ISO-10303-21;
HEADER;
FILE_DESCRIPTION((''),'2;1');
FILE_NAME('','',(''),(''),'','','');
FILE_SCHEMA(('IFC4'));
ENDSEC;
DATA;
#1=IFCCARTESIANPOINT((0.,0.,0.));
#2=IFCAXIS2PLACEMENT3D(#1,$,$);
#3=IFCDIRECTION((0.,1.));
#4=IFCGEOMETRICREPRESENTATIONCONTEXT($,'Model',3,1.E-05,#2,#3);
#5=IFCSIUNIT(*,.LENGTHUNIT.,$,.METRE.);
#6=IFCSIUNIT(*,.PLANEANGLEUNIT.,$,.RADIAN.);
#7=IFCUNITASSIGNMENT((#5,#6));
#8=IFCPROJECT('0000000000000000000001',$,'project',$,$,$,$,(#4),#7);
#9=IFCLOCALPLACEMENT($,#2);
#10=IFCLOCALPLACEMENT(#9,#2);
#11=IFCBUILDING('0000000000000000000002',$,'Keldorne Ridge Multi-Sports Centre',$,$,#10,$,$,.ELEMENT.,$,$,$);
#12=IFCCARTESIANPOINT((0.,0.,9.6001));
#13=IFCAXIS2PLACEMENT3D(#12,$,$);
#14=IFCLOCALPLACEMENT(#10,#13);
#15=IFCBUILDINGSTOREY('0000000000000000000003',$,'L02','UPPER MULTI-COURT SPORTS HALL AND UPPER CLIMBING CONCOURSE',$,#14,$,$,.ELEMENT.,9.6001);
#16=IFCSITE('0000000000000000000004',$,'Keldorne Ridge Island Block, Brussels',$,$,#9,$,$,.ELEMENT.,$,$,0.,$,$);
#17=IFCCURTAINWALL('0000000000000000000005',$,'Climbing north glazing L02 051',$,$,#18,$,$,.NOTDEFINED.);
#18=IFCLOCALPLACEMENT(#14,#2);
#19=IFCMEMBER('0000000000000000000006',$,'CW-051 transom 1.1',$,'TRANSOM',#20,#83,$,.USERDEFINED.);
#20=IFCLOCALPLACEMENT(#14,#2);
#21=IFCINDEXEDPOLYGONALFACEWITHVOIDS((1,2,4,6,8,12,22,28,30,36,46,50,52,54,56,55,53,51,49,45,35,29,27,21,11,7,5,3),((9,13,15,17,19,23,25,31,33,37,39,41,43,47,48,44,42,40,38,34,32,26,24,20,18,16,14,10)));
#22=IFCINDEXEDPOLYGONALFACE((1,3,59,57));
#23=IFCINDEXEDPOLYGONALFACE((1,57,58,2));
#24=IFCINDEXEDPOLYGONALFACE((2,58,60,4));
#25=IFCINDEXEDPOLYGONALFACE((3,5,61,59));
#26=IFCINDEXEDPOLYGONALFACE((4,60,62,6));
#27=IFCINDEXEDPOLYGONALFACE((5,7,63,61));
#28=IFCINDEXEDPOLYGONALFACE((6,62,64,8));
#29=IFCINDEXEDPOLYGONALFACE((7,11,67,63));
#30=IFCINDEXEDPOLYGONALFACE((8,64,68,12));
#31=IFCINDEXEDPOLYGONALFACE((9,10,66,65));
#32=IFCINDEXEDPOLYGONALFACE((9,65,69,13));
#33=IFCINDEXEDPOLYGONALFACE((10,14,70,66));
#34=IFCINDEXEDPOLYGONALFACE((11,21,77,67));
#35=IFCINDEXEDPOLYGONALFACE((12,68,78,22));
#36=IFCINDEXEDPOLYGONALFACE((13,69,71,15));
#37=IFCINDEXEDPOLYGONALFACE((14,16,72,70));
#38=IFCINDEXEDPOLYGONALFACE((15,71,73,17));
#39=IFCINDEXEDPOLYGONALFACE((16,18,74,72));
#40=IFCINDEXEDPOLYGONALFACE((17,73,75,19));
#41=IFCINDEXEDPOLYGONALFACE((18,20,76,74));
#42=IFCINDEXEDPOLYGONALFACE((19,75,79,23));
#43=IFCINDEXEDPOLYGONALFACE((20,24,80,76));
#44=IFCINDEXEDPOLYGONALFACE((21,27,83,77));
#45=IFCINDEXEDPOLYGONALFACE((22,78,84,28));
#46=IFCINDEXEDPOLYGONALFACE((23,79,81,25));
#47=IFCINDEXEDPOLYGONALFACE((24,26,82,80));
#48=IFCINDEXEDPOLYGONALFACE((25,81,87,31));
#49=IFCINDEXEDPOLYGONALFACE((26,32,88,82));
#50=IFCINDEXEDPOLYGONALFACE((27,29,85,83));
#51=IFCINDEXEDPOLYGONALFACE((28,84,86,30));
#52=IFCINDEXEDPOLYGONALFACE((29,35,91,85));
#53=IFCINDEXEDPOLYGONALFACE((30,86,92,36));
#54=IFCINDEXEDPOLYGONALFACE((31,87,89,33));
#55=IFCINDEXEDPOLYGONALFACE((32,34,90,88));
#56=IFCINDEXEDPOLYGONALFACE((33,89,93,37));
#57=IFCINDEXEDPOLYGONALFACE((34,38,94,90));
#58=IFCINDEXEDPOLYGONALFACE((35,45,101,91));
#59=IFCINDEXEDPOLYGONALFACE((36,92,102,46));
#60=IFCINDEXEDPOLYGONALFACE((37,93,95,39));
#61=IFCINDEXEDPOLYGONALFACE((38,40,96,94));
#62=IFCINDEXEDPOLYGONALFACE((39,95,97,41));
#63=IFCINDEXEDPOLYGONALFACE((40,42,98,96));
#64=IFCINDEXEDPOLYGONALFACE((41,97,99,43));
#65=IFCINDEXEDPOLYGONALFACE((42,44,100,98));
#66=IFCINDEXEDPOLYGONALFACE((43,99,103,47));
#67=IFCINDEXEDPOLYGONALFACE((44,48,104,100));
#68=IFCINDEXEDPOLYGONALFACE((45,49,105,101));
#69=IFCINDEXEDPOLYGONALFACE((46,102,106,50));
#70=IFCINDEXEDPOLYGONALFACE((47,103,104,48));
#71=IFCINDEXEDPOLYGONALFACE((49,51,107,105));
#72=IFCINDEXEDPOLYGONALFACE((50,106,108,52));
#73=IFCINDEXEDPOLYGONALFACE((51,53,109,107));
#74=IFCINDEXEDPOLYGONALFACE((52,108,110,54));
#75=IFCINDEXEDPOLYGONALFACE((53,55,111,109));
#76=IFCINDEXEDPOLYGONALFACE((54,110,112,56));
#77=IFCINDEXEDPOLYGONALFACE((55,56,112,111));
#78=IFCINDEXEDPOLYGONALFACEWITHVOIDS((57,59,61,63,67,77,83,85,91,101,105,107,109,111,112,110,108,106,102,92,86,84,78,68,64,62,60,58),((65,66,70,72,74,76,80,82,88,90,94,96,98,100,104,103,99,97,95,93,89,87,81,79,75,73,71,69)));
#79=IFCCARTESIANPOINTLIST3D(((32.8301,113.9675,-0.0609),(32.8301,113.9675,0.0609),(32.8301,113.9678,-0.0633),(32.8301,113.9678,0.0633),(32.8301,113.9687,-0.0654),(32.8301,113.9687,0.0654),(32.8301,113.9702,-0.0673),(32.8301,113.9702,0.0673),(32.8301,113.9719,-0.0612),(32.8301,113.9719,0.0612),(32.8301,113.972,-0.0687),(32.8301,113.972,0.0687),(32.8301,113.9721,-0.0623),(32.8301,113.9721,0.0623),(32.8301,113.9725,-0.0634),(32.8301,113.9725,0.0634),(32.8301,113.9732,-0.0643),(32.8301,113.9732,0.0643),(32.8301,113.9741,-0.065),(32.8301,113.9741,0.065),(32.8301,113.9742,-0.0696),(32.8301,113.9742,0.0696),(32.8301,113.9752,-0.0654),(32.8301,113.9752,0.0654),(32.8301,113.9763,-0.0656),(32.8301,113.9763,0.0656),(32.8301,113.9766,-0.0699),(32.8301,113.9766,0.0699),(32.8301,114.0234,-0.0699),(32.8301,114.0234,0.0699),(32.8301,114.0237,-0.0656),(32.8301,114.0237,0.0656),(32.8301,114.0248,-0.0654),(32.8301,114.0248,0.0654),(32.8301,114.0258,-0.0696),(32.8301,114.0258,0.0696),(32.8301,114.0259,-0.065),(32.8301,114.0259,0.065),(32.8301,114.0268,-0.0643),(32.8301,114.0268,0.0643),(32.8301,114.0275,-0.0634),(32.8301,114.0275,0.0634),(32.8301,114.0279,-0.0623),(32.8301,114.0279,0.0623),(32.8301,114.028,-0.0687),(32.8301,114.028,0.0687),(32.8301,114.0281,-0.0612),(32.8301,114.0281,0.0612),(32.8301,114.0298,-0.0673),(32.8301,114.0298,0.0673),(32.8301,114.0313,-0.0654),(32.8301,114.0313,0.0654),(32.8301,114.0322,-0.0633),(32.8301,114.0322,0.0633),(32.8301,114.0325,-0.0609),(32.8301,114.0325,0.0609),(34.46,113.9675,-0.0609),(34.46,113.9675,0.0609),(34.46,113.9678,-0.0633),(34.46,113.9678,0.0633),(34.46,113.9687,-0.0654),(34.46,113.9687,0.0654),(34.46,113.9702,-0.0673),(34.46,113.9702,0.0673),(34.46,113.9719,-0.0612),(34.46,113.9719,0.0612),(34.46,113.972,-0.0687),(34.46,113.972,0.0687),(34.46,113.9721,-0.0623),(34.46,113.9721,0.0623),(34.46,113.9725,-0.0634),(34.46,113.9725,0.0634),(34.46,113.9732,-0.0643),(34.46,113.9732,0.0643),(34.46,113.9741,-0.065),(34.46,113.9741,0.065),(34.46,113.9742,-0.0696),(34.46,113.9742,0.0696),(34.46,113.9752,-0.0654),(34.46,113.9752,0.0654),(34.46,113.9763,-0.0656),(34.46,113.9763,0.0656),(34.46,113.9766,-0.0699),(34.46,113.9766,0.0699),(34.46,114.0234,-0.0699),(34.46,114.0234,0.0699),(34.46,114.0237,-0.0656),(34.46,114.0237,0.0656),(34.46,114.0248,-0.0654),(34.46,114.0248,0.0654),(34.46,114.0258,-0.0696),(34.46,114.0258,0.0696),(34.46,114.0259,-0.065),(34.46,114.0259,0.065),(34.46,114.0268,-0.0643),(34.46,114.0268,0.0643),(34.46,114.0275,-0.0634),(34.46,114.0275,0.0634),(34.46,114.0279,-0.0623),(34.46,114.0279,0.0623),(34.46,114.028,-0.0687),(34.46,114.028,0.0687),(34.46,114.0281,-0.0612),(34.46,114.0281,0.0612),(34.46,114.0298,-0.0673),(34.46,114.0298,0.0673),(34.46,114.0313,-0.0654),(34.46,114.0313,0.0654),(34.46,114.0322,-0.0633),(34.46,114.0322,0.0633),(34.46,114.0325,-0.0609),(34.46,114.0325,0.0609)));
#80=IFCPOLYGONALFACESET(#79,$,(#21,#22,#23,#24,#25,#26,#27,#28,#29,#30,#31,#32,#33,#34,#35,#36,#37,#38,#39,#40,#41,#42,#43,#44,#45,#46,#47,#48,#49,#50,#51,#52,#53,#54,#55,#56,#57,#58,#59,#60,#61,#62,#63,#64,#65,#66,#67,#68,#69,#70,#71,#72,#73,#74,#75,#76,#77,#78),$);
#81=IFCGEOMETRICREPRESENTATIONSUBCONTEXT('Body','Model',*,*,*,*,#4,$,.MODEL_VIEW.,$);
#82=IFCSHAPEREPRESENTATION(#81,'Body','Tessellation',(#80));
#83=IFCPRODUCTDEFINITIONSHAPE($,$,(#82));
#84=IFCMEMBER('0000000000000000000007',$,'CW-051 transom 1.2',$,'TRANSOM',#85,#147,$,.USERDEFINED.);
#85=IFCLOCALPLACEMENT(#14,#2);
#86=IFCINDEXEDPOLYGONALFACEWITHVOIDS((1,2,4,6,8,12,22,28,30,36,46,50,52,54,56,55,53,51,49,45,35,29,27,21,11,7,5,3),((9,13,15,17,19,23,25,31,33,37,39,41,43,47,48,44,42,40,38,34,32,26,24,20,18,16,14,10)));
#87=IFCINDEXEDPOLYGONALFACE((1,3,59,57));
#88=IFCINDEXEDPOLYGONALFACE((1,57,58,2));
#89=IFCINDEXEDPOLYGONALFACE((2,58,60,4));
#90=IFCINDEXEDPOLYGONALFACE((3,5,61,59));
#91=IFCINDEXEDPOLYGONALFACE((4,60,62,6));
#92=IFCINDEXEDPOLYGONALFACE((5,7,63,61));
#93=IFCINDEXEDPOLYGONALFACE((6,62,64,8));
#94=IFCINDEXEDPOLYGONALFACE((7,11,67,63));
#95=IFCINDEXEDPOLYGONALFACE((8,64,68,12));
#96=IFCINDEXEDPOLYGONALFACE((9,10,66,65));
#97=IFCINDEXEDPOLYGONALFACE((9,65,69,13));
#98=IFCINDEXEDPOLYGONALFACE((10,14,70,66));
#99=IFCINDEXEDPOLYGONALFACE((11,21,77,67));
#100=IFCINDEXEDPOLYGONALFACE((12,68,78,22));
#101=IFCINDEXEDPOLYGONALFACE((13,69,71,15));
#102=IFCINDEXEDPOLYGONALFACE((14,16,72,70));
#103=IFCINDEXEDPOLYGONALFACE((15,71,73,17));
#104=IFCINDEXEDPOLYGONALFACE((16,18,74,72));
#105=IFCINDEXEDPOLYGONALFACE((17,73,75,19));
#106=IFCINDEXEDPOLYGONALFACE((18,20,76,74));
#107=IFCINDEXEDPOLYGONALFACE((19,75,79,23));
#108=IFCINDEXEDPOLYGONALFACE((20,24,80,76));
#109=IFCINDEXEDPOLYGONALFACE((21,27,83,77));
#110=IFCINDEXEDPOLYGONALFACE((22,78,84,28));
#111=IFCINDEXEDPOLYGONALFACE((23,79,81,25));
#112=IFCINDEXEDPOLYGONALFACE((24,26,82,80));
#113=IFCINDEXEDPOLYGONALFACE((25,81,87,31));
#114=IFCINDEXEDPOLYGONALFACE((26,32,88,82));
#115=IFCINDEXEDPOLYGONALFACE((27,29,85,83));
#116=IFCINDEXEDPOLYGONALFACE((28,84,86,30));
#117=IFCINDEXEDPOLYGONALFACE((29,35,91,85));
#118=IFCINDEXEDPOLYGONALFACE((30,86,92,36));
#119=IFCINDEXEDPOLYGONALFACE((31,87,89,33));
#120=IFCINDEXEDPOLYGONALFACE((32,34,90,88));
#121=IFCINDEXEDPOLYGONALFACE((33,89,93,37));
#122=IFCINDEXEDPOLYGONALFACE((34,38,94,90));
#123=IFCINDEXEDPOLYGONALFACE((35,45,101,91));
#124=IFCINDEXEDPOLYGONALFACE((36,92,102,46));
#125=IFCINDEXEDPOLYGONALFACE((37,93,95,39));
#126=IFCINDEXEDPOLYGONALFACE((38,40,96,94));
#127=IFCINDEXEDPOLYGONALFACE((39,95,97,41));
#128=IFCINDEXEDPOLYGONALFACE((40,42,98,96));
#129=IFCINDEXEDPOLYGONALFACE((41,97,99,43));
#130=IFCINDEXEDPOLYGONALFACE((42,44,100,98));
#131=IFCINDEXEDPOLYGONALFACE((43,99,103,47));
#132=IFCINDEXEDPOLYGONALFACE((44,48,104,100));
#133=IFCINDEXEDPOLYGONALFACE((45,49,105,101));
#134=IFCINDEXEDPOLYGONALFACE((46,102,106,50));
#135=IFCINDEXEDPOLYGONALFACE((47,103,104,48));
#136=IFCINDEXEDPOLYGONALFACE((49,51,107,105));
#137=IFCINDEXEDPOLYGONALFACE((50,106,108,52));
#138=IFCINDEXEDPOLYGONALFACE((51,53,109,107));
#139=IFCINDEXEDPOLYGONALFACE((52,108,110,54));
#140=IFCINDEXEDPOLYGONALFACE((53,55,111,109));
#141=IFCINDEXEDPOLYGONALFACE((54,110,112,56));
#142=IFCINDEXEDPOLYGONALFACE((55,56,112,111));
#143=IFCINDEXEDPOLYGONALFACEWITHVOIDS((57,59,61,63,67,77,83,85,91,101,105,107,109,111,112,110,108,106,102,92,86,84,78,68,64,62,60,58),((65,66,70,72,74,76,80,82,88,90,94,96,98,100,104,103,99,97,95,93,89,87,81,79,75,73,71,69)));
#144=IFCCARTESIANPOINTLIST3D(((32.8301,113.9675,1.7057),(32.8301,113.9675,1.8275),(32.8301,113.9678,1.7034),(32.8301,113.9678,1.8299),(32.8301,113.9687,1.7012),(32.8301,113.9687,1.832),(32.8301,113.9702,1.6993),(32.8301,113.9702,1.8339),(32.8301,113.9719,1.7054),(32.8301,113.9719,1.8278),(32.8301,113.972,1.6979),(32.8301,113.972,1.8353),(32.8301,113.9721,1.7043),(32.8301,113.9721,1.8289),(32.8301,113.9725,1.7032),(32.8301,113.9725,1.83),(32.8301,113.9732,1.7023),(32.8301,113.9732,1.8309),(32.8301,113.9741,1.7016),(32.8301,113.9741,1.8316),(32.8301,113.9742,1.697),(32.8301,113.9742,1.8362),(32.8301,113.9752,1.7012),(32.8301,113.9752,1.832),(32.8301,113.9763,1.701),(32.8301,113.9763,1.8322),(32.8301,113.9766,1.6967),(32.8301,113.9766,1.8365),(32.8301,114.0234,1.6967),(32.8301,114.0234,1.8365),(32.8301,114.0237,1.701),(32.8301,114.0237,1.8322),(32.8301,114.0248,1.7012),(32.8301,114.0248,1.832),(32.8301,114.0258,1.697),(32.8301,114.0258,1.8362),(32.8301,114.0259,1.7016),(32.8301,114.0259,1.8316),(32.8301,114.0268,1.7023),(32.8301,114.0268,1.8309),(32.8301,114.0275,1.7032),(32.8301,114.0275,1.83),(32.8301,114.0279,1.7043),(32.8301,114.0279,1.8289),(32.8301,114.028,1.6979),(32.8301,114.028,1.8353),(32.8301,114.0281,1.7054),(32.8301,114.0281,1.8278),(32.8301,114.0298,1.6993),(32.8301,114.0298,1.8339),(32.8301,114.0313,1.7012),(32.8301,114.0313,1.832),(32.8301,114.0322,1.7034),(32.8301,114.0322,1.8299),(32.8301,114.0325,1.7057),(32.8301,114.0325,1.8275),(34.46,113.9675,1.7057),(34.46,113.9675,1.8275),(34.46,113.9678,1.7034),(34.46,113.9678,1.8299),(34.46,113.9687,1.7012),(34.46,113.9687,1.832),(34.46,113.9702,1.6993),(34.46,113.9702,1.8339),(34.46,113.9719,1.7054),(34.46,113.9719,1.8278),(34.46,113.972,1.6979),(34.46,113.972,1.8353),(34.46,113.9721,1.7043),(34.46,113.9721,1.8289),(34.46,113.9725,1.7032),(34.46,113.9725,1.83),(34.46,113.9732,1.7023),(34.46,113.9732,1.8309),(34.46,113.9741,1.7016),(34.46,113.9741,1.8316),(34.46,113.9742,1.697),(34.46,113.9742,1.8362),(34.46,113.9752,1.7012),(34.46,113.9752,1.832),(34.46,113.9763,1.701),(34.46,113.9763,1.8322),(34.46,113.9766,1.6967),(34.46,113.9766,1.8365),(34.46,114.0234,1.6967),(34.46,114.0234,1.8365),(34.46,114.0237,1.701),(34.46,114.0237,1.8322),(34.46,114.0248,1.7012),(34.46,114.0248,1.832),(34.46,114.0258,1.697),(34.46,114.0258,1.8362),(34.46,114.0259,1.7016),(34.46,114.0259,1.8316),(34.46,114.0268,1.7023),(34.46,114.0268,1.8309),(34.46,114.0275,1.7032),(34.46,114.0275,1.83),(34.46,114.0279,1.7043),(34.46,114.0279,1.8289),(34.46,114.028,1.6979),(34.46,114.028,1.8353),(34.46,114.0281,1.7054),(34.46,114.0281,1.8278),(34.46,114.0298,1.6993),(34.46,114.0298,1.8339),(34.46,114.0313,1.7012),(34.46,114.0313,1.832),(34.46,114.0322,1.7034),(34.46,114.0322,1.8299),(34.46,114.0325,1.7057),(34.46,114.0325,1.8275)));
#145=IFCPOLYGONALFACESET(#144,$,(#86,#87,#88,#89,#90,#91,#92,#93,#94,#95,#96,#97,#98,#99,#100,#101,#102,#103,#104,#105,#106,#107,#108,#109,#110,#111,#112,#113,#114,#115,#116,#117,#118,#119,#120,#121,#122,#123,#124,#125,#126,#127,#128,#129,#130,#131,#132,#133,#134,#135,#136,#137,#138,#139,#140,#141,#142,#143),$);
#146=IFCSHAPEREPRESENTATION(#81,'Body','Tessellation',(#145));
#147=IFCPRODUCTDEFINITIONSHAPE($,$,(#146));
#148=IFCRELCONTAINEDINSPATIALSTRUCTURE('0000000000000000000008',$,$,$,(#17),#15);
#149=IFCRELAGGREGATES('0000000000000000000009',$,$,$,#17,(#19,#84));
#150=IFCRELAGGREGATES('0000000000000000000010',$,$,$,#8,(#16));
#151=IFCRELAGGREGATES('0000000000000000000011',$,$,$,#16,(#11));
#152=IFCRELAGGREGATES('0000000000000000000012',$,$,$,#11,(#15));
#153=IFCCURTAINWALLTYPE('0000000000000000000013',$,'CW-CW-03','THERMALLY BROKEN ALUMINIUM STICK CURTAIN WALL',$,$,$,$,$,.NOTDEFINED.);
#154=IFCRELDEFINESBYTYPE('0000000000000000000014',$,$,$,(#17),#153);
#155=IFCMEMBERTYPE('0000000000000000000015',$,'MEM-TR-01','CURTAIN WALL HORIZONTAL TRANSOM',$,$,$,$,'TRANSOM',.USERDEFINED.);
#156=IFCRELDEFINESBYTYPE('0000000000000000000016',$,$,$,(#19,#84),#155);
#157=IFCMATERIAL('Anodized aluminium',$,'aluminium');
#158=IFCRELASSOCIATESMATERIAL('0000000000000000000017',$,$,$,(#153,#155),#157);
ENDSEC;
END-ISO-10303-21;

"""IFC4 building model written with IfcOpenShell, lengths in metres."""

from ifc_helpers import new_model, si_unit, direction, frame, origin, origin_2d, place, context, subcontext, project, spatial, hollow_rectangle, extrude, material, material_profile, profile_set, type_object, element, aggregate, save


model = new_model("IFC4")

# Units and contexts
model_context = context("Model", 3, precision=1e-05, world=origin(), true_north=direction((0.0, 1.0)))
body_context = subcontext(model_context, "Body", "Model", "MODEL_VIEW")
ifc_project = project(units=[si_unit("LENGTHUNIT", "METRE"), si_unit("PLANEANGLEUNIT", "RADIAN")], contexts=[model_context])

# Site, building, storey
site_placement = place(None, origin())
site = spatial("IfcSite", under=ifc_project, at=site_placement, Name="Keldorne Ridge Island Block, Brussels", CompositionType="ELEMENT", RefElevation=0.0)
building_placement = place(site_placement, origin())
building = spatial("IfcBuilding", under=site, at=building_placement, Name="Keldorne Ridge Multi-Sports Centre", CompositionType="ELEMENT")
storey_placement = place(building_placement, frame((0.0, 0.0, 9.6001)))
storey = spatial("IfcBuildingStorey", under=building, at=storey_placement, Name="L02", Description="UPPER MULTI-COURT SPORTS HALL AND UPPER CLIMBING CONCOURSE", CompositionType="ELEMENT", Elevation=9.6001)

# Curtain wall
ifc_material_1 = material(Name="Anodized aluminium", Category="aluminium")
curtain_wall_type_1 = type_object("IfcCurtainWallType", Name="CW-CW-03", Description="THERMALLY BROKEN ALUMINIUM STICK CURTAIN WALL", PredefinedType="NOTDEFINED", material=ifc_material_1)
curtain_wall_1_placement = place(storey_placement, origin())
curtain_wall_1 = element("IfcCurtainWall", 1, at=curtain_wall_1_placement, inside=storey, type_object=curtain_wall_type_1, Name="Climbing north glazing L02 051", PredefinedType="NOTDEFINED")

# Members
ifc_material_profile_1 = material_profile(ifc_material_1, hollow_rectangle(XDim=0.0649, YDim=0.1399, WallThickness=0.0044, InnerFilletRadius=0.0044, OuterFilletRadius=0.009, at=origin_2d()), Name="ALU TRANSOM 140x65x4.5")
ifc_profile_set_1 = profile_set([ifc_material_profile_1], Name="Anodized aluminium")
member_type_1 = type_object("IfcMemberType", Name="MEM-TR-01", Description="CURTAIN WALL HORIZONTAL TRANSOM", ElementType="TRANSOM", PredefinedType="USERDEFINED", material=ifc_profile_set_1)
member_1_placement = place(storey_placement, frame((34.46, 114.0, 0.0), z_axis=(-1.0, 0.0, 0.0), x_axis=(0.0, -1.0, 0.0)))
member_1 = element("IfcMember", 2, at=member_1_placement, type_object=member_type_1, Name="CW-051 transom 1.1", ObjectType="TRANSOM", PredefinedType="USERDEFINED", context=body_context, shape_type="SweptSolid", body=[
    extrude(hollow_rectangle(XDim=0.0649, YDim=0.1399, WallThickness=0.0044, InnerFilletRadius=0.0044, OuterFilletRadius=0.009, at=origin_2d()), origin(), (0.0, 0.0, 1.0), 1.6299),
])
member_2_placement = place(storey_placement, frame((34.46, 114.0, 1.7666), z_axis=(-1.0, 0.0, 0.0), x_axis=(0.0, -1.0, 0.0)))
member_2 = element("IfcMember", 3, at=member_2_placement, type_object=member_type_1, Name="CW-051 transom 1.2", ObjectType="TRANSOM", PredefinedType="USERDEFINED", context=body_context, shape_type="SweptSolid", body=[
    extrude(hollow_rectangle(XDim=0.0649, YDim=0.1399, WallThickness=0.0044, InnerFilletRadius=0.0044, OuterFilletRadius=0.009, at=origin_2d()), origin(), (0.0, 0.0, 1.0), 1.6299),
])

aggregate(curtain_wall_1, [member_1, member_2])

save(model, "model.ifc")
